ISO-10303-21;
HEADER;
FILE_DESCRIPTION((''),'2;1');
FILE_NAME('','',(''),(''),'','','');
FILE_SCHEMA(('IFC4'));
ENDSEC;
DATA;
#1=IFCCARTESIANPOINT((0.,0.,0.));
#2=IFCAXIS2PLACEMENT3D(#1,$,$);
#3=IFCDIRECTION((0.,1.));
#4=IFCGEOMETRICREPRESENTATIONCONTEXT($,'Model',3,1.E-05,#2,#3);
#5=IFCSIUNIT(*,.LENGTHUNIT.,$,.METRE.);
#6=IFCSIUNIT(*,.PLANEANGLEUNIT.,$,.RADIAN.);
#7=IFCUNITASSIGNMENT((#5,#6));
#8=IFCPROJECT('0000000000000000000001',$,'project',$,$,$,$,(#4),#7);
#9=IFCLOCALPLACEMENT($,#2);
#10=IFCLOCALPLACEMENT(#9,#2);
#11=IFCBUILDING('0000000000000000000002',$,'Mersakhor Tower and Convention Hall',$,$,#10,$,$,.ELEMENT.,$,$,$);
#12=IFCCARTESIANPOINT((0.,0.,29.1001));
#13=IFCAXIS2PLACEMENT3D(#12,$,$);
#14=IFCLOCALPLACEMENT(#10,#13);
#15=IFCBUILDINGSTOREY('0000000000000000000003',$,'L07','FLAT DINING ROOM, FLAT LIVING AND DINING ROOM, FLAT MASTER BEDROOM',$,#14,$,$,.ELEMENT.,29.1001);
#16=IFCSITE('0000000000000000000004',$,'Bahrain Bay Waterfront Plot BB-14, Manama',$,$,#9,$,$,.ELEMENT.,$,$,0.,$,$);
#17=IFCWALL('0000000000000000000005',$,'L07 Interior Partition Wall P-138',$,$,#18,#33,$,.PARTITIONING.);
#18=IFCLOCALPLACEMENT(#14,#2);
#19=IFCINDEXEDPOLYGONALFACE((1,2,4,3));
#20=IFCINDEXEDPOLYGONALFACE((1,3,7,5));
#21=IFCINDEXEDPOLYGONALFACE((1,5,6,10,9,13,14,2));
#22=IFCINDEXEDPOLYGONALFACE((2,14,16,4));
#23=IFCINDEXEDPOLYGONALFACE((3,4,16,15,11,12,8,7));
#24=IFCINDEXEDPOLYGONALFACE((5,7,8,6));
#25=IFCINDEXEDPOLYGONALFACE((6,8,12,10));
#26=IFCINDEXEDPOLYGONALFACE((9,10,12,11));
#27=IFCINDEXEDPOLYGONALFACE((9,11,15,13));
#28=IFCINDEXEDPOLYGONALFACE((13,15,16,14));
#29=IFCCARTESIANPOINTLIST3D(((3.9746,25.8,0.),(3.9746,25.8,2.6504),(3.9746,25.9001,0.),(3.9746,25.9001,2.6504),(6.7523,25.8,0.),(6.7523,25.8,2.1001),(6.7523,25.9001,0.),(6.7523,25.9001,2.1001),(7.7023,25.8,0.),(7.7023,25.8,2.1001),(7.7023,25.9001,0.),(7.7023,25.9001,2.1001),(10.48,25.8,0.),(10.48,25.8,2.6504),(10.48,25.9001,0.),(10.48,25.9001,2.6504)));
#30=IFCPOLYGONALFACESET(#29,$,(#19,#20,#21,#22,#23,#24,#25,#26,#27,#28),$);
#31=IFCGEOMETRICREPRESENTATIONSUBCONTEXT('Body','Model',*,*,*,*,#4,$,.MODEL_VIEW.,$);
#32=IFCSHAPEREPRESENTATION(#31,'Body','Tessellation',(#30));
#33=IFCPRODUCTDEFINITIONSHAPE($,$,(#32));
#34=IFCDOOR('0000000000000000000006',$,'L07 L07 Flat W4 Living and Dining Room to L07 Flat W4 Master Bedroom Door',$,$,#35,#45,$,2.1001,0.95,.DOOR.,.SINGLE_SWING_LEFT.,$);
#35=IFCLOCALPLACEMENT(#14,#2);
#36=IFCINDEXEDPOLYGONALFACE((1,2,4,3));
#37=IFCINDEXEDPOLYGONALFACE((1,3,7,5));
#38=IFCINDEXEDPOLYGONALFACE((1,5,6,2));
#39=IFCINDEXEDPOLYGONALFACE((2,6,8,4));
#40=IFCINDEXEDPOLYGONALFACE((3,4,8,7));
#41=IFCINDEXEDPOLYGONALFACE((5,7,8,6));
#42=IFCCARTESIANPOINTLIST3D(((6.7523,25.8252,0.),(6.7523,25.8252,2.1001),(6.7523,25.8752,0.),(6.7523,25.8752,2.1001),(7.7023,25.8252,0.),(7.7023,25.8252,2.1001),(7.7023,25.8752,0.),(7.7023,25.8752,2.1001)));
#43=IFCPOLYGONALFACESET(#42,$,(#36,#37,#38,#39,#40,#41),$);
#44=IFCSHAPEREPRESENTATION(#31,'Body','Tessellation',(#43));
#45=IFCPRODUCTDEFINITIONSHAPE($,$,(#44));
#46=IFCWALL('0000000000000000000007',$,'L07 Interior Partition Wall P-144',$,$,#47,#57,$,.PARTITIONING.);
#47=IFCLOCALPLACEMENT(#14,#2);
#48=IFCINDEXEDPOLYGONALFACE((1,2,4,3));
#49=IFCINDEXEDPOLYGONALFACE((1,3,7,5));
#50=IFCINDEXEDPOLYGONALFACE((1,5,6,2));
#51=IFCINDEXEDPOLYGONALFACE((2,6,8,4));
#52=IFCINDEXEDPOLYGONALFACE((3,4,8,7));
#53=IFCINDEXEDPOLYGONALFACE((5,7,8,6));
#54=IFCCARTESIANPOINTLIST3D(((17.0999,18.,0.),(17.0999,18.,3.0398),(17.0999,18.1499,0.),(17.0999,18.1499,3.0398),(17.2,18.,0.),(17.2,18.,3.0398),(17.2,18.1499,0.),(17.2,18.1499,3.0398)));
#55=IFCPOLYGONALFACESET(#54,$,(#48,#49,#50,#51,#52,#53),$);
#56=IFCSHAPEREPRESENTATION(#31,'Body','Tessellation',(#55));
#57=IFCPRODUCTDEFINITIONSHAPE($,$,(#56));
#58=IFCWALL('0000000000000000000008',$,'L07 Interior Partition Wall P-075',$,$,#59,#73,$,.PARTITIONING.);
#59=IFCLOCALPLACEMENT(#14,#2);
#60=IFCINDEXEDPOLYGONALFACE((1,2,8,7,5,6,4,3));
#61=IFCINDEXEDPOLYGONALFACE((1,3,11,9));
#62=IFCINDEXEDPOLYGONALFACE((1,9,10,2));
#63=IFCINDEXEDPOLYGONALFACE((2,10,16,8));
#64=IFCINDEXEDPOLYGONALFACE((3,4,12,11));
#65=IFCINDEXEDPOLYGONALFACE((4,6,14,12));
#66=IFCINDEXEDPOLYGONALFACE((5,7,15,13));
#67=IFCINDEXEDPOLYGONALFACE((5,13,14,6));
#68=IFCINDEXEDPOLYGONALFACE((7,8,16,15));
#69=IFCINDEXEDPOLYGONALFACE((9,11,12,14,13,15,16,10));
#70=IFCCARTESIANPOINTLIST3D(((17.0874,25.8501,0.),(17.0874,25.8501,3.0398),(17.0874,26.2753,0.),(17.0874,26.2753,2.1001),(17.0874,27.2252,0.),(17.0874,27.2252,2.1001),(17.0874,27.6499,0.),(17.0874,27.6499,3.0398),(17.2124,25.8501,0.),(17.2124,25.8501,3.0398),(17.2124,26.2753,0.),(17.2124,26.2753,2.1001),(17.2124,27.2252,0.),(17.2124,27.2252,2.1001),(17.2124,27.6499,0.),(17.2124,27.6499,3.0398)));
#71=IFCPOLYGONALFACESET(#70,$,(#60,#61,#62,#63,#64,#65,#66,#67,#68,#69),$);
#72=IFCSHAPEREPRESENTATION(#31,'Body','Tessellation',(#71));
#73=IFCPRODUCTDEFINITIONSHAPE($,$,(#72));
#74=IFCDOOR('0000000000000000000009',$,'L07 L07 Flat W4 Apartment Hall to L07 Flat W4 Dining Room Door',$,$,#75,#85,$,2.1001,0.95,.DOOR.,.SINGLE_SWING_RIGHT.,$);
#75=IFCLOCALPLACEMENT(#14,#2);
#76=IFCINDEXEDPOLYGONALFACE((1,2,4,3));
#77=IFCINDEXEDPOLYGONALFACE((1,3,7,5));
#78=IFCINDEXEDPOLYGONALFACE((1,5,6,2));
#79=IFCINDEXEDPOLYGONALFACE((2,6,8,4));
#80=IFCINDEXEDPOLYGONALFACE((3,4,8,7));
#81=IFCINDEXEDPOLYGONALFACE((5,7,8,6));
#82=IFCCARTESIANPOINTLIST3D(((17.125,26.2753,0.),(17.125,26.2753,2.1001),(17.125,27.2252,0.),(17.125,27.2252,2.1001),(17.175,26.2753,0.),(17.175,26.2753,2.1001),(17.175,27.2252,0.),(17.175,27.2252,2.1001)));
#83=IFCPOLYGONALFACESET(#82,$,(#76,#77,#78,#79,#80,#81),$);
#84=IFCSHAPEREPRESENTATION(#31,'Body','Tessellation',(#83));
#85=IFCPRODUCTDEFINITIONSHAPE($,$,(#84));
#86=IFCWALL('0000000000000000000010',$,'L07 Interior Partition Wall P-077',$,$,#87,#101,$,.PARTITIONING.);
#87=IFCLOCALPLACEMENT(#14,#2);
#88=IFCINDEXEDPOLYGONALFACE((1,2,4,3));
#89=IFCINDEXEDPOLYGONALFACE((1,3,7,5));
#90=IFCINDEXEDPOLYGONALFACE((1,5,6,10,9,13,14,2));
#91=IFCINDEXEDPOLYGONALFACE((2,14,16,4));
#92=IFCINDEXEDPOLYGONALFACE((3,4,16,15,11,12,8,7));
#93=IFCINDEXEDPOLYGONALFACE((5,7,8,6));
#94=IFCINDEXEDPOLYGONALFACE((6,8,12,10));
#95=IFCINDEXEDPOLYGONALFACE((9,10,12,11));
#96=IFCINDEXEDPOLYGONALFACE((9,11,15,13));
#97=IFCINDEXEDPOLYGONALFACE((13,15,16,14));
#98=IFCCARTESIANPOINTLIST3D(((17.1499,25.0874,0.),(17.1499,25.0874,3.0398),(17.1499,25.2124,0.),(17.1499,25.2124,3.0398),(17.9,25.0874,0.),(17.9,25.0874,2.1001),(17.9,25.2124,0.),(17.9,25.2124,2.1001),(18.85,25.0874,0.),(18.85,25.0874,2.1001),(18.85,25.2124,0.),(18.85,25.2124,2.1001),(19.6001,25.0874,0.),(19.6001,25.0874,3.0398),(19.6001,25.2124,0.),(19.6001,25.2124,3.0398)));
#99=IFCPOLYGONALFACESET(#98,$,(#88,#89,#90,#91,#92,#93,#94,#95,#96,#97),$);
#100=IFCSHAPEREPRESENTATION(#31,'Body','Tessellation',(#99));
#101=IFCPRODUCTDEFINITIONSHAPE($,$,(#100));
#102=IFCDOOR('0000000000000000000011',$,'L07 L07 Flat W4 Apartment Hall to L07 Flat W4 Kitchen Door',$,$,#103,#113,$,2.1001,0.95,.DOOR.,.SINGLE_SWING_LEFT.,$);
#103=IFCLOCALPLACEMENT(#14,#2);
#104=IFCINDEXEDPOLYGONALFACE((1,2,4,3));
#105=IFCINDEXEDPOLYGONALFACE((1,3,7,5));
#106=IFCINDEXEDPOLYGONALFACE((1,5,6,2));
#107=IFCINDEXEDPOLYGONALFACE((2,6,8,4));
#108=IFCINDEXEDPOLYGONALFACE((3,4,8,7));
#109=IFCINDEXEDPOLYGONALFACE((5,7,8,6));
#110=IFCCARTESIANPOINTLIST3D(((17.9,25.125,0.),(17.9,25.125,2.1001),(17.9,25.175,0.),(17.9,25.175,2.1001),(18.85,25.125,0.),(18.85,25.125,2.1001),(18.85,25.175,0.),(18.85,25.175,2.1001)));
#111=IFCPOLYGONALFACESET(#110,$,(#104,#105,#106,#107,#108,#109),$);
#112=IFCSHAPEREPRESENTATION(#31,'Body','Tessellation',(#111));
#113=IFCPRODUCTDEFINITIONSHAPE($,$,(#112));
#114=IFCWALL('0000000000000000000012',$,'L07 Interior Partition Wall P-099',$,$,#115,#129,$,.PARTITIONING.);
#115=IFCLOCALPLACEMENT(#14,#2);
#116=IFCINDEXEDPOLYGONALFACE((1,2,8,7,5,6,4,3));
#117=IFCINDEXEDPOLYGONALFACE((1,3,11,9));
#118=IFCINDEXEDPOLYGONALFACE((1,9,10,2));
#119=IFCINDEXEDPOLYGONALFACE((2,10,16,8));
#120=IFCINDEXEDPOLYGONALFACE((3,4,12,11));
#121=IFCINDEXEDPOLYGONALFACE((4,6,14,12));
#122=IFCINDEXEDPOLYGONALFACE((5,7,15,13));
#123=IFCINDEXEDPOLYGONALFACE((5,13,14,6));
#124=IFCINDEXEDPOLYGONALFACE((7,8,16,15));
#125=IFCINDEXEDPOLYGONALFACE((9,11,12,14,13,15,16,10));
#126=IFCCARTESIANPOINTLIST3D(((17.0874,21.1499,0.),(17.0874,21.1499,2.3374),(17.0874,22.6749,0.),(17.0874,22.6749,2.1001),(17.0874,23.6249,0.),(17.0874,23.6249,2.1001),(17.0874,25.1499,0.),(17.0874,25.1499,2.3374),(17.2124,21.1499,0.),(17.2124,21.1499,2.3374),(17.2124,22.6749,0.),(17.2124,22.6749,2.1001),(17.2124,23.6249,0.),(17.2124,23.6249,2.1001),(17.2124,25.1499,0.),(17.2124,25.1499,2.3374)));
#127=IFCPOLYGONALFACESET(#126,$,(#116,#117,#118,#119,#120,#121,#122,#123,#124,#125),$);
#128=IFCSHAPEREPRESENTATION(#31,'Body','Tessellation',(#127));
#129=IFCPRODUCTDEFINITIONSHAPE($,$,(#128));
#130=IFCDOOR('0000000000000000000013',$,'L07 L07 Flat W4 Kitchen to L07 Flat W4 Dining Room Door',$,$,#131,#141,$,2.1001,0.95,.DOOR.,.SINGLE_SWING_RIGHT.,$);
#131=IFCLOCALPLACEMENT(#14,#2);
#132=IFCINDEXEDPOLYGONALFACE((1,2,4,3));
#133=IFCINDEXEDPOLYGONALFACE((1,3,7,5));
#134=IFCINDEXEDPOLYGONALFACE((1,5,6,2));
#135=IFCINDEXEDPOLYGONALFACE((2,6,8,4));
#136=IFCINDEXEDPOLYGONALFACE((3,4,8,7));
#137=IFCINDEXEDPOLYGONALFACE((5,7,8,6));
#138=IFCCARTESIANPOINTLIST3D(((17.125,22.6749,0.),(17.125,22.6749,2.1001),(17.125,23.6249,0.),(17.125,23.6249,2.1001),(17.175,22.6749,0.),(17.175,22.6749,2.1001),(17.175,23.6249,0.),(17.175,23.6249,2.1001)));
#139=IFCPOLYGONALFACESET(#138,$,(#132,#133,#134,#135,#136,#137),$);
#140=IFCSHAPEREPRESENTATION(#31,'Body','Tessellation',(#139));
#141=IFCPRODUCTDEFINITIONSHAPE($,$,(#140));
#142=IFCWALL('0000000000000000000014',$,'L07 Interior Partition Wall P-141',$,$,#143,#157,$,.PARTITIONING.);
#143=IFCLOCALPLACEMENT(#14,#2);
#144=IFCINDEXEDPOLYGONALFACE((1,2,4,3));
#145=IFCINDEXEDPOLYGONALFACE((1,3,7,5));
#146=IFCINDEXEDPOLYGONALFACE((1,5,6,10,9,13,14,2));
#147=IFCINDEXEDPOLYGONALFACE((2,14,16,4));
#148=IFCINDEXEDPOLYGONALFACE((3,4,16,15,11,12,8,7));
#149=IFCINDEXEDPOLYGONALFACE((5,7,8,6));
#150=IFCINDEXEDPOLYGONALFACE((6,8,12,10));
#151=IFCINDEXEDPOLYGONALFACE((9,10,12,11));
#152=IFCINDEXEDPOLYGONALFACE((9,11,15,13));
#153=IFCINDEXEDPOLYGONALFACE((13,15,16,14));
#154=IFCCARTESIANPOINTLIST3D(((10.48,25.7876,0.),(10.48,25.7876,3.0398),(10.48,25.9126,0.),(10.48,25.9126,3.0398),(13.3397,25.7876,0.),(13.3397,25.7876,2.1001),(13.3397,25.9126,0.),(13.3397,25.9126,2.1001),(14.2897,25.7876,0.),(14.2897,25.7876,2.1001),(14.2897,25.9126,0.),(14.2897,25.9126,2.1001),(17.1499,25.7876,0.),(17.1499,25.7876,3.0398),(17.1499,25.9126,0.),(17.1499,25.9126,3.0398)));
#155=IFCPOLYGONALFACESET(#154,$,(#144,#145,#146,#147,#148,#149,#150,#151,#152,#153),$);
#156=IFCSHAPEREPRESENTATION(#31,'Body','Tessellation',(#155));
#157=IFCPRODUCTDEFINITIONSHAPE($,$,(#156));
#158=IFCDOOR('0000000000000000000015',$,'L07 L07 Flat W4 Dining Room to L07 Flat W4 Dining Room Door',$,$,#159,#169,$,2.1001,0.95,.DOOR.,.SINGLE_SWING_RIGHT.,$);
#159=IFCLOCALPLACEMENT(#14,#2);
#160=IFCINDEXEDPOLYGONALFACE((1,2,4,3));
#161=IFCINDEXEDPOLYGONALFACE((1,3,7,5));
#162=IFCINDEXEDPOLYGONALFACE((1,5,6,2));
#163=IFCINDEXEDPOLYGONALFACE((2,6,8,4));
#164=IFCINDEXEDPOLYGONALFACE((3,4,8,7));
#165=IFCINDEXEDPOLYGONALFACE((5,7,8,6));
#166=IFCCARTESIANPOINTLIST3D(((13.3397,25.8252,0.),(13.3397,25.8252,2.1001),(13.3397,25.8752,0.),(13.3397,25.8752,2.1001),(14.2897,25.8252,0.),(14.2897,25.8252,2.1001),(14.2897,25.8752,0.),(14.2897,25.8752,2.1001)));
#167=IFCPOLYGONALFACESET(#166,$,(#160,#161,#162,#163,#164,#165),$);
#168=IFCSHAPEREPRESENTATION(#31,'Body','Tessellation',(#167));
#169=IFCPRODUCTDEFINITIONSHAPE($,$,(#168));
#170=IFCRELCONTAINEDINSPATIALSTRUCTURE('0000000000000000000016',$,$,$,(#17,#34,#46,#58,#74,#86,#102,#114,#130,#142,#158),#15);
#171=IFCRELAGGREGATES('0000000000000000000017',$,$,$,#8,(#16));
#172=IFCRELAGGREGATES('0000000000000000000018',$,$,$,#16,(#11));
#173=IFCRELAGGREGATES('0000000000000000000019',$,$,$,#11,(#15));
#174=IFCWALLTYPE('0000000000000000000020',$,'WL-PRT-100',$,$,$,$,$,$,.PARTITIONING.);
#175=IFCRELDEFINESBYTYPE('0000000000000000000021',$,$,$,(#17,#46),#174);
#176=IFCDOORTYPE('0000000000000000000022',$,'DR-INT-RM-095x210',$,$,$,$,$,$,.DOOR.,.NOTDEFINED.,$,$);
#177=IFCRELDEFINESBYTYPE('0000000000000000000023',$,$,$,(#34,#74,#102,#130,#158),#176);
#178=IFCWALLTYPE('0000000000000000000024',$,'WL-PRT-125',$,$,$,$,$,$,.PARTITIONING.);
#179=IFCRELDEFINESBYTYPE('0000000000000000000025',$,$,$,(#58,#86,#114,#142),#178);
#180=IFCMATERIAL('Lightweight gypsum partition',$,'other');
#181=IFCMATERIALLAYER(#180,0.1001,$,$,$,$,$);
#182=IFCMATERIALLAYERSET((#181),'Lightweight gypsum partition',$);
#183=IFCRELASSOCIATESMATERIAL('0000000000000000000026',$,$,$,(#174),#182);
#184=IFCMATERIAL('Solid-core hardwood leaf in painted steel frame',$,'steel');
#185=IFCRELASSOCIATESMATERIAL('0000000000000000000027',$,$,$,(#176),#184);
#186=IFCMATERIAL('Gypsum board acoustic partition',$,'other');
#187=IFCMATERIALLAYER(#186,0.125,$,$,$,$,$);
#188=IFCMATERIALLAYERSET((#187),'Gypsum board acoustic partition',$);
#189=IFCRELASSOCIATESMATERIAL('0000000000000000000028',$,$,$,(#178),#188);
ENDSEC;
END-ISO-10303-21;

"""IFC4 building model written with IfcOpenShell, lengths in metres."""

from ifc_helpers import new_model, si_unit, direction, frame, frame_2d, origin, place, context, subcontext, project, spatial, rectangle, extrude, material, layer, layer_set, type_object, element, fill, save


model = new_model("IFC4")

# Units and contexts
model_context = context("Model", 3, precision=1e-05, world=origin(), true_north=direction((0.0, 1.0)))
body_context = subcontext(model_context, "Body", "Model", "MODEL_VIEW")
ifc_project = project(units=[si_unit("LENGTHUNIT", "METRE"), si_unit("PLANEANGLEUNIT", "RADIAN")], contexts=[model_context])

# Site, building, storey
site_placement = place(None, origin())
site = spatial("IfcSite", under=ifc_project, at=site_placement, Name="Bahrain Bay Waterfront Plot BB-14, Manama", CompositionType="ELEMENT", RefElevation=0.0)
building_placement = place(site_placement, origin())
building = spatial("IfcBuilding", under=site, at=building_placement, Name="Mersakhor Tower and Convention Hall", CompositionType="ELEMENT")
storey_placement = place(building_placement, frame((0.0, 0.0, 29.1001)))
storey = spatial("IfcBuildingStorey", under=building, at=storey_placement, Name="L07", Description="FLAT DINING ROOM, FLAT LIVING AND DINING ROOM, FLAT MASTER BEDROOM", CompositionType="ELEMENT", Elevation=29.1001)

# Shared definitions
ifc_material_1 = material(Name="Lightweight gypsum partition", Category="other")
ifc_layer_1 = layer(ifc_material_1, 0.1001)
ifc_layer_set_1 = layer_set([ifc_layer_1], Name="Lightweight gypsum partition")
wall_type_1 = type_object("IfcWallType", Name="WL-PRT-100", PredefinedType="PARTITIONING", material=ifc_layer_set_1)

# Wall, opening, door
wall_1_placement = place(storey_placement, frame((10.48, 25.8501, 0.0), z_axis=(0.0, 0.0, 1.0), x_axis=(-1.0, 0.0, 0.0)))
wall_1 = element("IfcWall", 1, at=wall_1_placement, inside=storey, type_object=wall_type_1, Name="L07 Interior Partition Wall P-138", PredefinedType="PARTITIONING", context=body_context, shape_type="SweptSolid", body=[
    extrude(rectangle(XDim=6.5054, YDim=0.1001, at=frame_2d((3.2527, 0.0))), origin(), (0.0, 0.0, 1.0), 2.6504),
])
opening_1_placement = place(wall_1_placement, frame((2.7776, 0.0, 0.0)))
opening_1 = element("IfcOpeningElement", 2, at=opening_1_placement, cuts=wall_1, PredefinedType="OPENING", context=body_context, shape_type="SweptSolid", body=[
    extrude(rectangle(XDim=0.95, YDim=2.1001, at=frame_2d((0.4751, 1.05))), frame((0.0, 0.0601, 0.0), z_axis=(0.0, -1.0, 0.0), x_axis=(1.0, 0.0, 0.0)), (0.0, 0.0, 1.0), 0.1201),
])
ifc_material_2 = material(Name="Solid-core hardwood leaf in painted steel frame", Category="steel")
door_type_1 = type_object("IfcDoorType", Name="DR-INT-RM-095x210", OperationType="NOTDEFINED", PredefinedType="DOOR", material=ifc_material_2)
door_1_placement = place(opening_1_placement, origin())
door_1 = element("IfcDoor", 3, at=door_1_placement, inside=storey, type_object=door_type_1, Name="L07 L07 Flat W4 Living and Dining Room to L07 Flat W4 Master Bedroom Door", OperationType="SINGLE_SWING_LEFT", OverallHeight=2.1001, OverallWidth=0.95, PredefinedType="DOOR", context=body_context, shape_type="SweptSolid", body=[
    extrude(rectangle(XDim=0.95, YDim=2.1001, at=frame_2d((0.4751, 1.05))), frame((0.0, 0.0249, 0.0), z_axis=(0.0, -1.0, 0.0), x_axis=(1.0, 0.0, 0.0)), (0.0, 0.0, 1.0), 0.05),
])
fill(opening_1, door_1)

# Wall
wall_2_placement = place(storey_placement, frame((17.1499, 18.1499, 0.0), z_axis=(0.0, 0.0, 1.0), x_axis=(0.0, -1.0, 0.0)))
element("IfcWall", 4, at=wall_2_placement, inside=storey, type_object=wall_type_1, Name="L07 Interior Partition Wall P-144", PredefinedType="PARTITIONING", context=body_context, shape_type="SweptSolid", body=[
    extrude(rectangle(XDim=0.1499, YDim=0.1001, at=frame_2d((0.075, 0.0))), origin(), (0.0, 0.0, 1.0), 3.0398),
])

# Walls, openings, doors
ifc_material_3 = material(Name="Gypsum board acoustic partition", Category="other")
ifc_layer_2 = layer(ifc_material_3, 0.125)
ifc_layer_set_2 = layer_set([ifc_layer_2], Name="Gypsum board acoustic partition")
wall_type_2 = type_object("IfcWallType", Name="WL-PRT-125", PredefinedType="PARTITIONING", material=ifc_layer_set_2)
wall_3_placement = place(storey_placement, frame((17.1499, 25.8501, 0.0), z_axis=(0.0, 0.0, 1.0), x_axis=(0.0, 1.0, 0.0)))
wall_3 = element("IfcWall", 5, at=wall_3_placement, inside=storey, type_object=wall_type_2, Name="L07 Interior Partition Wall P-075", PredefinedType="PARTITIONING", context=body_context, shape_type="SweptSolid", body=[
    extrude(rectangle(XDim=1.7998, YDim=0.125, at=frame_2d((0.8999, 0.0))), origin(), (0.0, 0.0, 1.0), 3.0398),
])
opening_2_placement = place(wall_3_placement, frame((0.425, 0.0, 0.0)))
opening_2 = element("IfcOpeningElement", 6, at=opening_2_placement, cuts=wall_3, PredefinedType="OPENING", context=body_context, shape_type="SweptSolid", body=[
    extrude(rectangle(XDim=0.95, YDim=2.1001, at=frame_2d((0.4751, 1.05))), frame((0.0, 0.0725, 0.0), z_axis=(0.0, -1.0, 0.0), x_axis=(1.0, 0.0, 0.0)), (0.0, 0.0, 1.0), 0.145),
])
door_2_placement = place(opening_2_placement, origin())
door_2 = element("IfcDoor", 7, at=door_2_placement, inside=storey, type_object=door_type_1, Name="L07 L07 Flat W4 Apartment Hall to L07 Flat W4 Dining Room Door", OperationType="SINGLE_SWING_RIGHT", OverallHeight=2.1001, OverallWidth=0.95, PredefinedType="DOOR", context=body_context, shape_type="SweptSolid", body=[
    extrude(rectangle(XDim=0.95, YDim=2.1001, at=frame_2d((0.4751, 1.05))), frame((0.0, 0.0249, 0.0), z_axis=(0.0, -1.0, 0.0), x_axis=(1.0, 0.0, 0.0)), (0.0, 0.0, 1.0), 0.05),
])
fill(opening_2, door_2)
wall_4_placement = place(storey_placement, frame((19.6001, 25.1499, 0.0), z_axis=(0.0, 0.0, 1.0), x_axis=(-1.0, 0.0, 0.0)))
wall_4 = element("IfcWall", 8, at=wall_4_placement, inside=storey, type_object=wall_type_2, Name="L07 Interior Partition Wall P-077", PredefinedType="PARTITIONING", context=body_context, shape_type="SweptSolid", body=[
    extrude(rectangle(XDim=2.4502, YDim=0.125, at=frame_2d((1.2251, 0.0))), origin(), (0.0, 0.0, 1.0), 3.0398),
])
opening_3_placement = place(wall_4_placement, frame((0.75, 0.0, 0.0)))
opening_3 = element("IfcOpeningElement", 9, at=opening_3_placement, cuts=wall_4, PredefinedType="OPENING", context=body_context, shape_type="SweptSolid", body=[
    extrude(rectangle(XDim=0.95, YDim=2.1001, at=frame_2d((0.4751, 1.05))), frame((0.0, 0.0725, 0.0), z_axis=(0.0, -1.0, 0.0), x_axis=(1.0, 0.0, 0.0)), (0.0, 0.0, 1.0), 0.145),
])
door_3_placement = place(opening_3_placement, origin())
door_3 = element("IfcDoor", 10, at=door_3_placement, inside=storey, type_object=door_type_1, Name="L07 L07 Flat W4 Apartment Hall to L07 Flat W4 Kitchen Door", OperationType="SINGLE_SWING_LEFT", OverallHeight=2.1001, OverallWidth=0.95, PredefinedType="DOOR", context=body_context, shape_type="SweptSolid", body=[
    extrude(rectangle(XDim=0.95, YDim=2.1001, at=frame_2d((0.4751, 1.05))), frame((0.0, 0.0249, 0.0), z_axis=(0.0, -1.0, 0.0), x_axis=(1.0, 0.0, 0.0)), (0.0, 0.0, 1.0), 0.05),
])
fill(opening_3, door_3)
wall_5_placement = place(storey_placement, frame((17.1499, 21.1499, 0.0), z_axis=(0.0, 0.0, 1.0), x_axis=(0.0, 1.0, 0.0)))
wall_5 = element("IfcWall", 11, at=wall_5_placement, inside=storey, type_object=wall_type_2, Name="L07 Interior Partition Wall P-099", PredefinedType="PARTITIONING", context=body_context, shape_type="SweptSolid", body=[
    extrude(rectangle(XDim=4.0, YDim=0.125, at=frame_2d((2.0, 0.0))), origin(), (0.0, 0.0, 1.0), 2.3374),
])
opening_4_placement = place(wall_5_placement, frame((1.5249, 0.0, 0.0)))
opening_4 = element("IfcOpeningElement", 12, at=opening_4_placement, cuts=wall_5, PredefinedType="OPENING", context=body_context, shape_type="SweptSolid", body=[
    extrude(rectangle(XDim=0.95, YDim=2.1001, at=frame_2d((0.4751, 1.05))), frame((0.0, 0.0725, 0.0), z_axis=(0.0, -1.0, 0.0), x_axis=(1.0, 0.0, 0.0)), (0.0, 0.0, 1.0), 0.145),
])
door_4_placement = place(opening_4_placement, origin())
door_4 = element("IfcDoor", 13, at=door_4_placement, inside=storey, type_object=door_type_1, Name="L07 L07 Flat W4 Kitchen to L07 Flat W4 Dining Room Door", OperationType="SINGLE_SWING_RIGHT", OverallHeight=2.1001, OverallWidth=0.95, PredefinedType="DOOR", context=body_context, shape_type="SweptSolid", body=[
    extrude(rectangle(XDim=0.95, YDim=2.1001, at=frame_2d((0.4751, 1.05))), frame((0.0, 0.0249, 0.0), z_axis=(0.0, -1.0, 0.0), x_axis=(1.0, 0.0, 0.0)), (0.0, 0.0, 1.0), 0.05),
])
fill(opening_4, door_4)
wall_6_placement = place(storey_placement, frame((17.1499, 25.8501, 0.0), z_axis=(0.0, 0.0, 1.0), x_axis=(-1.0, 0.0, 0.0)))
wall_6 = element("IfcWall", 14, at=wall_6_placement, inside=storey, type_object=wall_type_2, Name="L07 Interior Partition Wall P-141", PredefinedType="PARTITIONING", context=body_context, shape_type="SweptSolid", body=[
    extrude(rectangle(XDim=6.6699, YDim=0.125, at=frame_2d((3.335, 0.0))), origin(), (0.0, 0.0, 1.0), 3.0398),
])
opening_5_placement = place(wall_6_placement, frame((2.8601, 0.0, 0.0)))
opening_5 = element("IfcOpeningElement", 15, at=opening_5_placement, cuts=wall_6, PredefinedType="OPENING", context=body_context, shape_type="SweptSolid", body=[
    extrude(rectangle(XDim=0.95, YDim=2.1001, at=frame_2d((0.4751, 1.05))), frame((0.0, 0.0725, 0.0), z_axis=(0.0, -1.0, 0.0), x_axis=(1.0, 0.0, 0.0)), (0.0, 0.0, 1.0), 0.145),
])
door_5_placement = place(opening_5_placement, origin())
door_5 = element("IfcDoor", 16, at=door_5_placement, inside=storey, type_object=door_type_1, Name="L07 L07 Flat W4 Dining Room to L07 Flat W4 Dining Room Door", OperationType="SINGLE_SWING_RIGHT", OverallHeight=2.1001, OverallWidth=0.95, PredefinedType="DOOR", context=body_context, shape_type="SweptSolid", body=[
    extrude(rectangle(XDim=0.95, YDim=2.1001, at=frame_2d((0.4751, 1.05))), frame((0.0, 0.0249, 0.0), z_axis=(0.0, -1.0, 0.0), x_axis=(1.0, 0.0, 0.0)), (0.0, 0.0, 1.0), 0.05),
])
fill(opening_5, door_5)

save(model, "model.ifc")
